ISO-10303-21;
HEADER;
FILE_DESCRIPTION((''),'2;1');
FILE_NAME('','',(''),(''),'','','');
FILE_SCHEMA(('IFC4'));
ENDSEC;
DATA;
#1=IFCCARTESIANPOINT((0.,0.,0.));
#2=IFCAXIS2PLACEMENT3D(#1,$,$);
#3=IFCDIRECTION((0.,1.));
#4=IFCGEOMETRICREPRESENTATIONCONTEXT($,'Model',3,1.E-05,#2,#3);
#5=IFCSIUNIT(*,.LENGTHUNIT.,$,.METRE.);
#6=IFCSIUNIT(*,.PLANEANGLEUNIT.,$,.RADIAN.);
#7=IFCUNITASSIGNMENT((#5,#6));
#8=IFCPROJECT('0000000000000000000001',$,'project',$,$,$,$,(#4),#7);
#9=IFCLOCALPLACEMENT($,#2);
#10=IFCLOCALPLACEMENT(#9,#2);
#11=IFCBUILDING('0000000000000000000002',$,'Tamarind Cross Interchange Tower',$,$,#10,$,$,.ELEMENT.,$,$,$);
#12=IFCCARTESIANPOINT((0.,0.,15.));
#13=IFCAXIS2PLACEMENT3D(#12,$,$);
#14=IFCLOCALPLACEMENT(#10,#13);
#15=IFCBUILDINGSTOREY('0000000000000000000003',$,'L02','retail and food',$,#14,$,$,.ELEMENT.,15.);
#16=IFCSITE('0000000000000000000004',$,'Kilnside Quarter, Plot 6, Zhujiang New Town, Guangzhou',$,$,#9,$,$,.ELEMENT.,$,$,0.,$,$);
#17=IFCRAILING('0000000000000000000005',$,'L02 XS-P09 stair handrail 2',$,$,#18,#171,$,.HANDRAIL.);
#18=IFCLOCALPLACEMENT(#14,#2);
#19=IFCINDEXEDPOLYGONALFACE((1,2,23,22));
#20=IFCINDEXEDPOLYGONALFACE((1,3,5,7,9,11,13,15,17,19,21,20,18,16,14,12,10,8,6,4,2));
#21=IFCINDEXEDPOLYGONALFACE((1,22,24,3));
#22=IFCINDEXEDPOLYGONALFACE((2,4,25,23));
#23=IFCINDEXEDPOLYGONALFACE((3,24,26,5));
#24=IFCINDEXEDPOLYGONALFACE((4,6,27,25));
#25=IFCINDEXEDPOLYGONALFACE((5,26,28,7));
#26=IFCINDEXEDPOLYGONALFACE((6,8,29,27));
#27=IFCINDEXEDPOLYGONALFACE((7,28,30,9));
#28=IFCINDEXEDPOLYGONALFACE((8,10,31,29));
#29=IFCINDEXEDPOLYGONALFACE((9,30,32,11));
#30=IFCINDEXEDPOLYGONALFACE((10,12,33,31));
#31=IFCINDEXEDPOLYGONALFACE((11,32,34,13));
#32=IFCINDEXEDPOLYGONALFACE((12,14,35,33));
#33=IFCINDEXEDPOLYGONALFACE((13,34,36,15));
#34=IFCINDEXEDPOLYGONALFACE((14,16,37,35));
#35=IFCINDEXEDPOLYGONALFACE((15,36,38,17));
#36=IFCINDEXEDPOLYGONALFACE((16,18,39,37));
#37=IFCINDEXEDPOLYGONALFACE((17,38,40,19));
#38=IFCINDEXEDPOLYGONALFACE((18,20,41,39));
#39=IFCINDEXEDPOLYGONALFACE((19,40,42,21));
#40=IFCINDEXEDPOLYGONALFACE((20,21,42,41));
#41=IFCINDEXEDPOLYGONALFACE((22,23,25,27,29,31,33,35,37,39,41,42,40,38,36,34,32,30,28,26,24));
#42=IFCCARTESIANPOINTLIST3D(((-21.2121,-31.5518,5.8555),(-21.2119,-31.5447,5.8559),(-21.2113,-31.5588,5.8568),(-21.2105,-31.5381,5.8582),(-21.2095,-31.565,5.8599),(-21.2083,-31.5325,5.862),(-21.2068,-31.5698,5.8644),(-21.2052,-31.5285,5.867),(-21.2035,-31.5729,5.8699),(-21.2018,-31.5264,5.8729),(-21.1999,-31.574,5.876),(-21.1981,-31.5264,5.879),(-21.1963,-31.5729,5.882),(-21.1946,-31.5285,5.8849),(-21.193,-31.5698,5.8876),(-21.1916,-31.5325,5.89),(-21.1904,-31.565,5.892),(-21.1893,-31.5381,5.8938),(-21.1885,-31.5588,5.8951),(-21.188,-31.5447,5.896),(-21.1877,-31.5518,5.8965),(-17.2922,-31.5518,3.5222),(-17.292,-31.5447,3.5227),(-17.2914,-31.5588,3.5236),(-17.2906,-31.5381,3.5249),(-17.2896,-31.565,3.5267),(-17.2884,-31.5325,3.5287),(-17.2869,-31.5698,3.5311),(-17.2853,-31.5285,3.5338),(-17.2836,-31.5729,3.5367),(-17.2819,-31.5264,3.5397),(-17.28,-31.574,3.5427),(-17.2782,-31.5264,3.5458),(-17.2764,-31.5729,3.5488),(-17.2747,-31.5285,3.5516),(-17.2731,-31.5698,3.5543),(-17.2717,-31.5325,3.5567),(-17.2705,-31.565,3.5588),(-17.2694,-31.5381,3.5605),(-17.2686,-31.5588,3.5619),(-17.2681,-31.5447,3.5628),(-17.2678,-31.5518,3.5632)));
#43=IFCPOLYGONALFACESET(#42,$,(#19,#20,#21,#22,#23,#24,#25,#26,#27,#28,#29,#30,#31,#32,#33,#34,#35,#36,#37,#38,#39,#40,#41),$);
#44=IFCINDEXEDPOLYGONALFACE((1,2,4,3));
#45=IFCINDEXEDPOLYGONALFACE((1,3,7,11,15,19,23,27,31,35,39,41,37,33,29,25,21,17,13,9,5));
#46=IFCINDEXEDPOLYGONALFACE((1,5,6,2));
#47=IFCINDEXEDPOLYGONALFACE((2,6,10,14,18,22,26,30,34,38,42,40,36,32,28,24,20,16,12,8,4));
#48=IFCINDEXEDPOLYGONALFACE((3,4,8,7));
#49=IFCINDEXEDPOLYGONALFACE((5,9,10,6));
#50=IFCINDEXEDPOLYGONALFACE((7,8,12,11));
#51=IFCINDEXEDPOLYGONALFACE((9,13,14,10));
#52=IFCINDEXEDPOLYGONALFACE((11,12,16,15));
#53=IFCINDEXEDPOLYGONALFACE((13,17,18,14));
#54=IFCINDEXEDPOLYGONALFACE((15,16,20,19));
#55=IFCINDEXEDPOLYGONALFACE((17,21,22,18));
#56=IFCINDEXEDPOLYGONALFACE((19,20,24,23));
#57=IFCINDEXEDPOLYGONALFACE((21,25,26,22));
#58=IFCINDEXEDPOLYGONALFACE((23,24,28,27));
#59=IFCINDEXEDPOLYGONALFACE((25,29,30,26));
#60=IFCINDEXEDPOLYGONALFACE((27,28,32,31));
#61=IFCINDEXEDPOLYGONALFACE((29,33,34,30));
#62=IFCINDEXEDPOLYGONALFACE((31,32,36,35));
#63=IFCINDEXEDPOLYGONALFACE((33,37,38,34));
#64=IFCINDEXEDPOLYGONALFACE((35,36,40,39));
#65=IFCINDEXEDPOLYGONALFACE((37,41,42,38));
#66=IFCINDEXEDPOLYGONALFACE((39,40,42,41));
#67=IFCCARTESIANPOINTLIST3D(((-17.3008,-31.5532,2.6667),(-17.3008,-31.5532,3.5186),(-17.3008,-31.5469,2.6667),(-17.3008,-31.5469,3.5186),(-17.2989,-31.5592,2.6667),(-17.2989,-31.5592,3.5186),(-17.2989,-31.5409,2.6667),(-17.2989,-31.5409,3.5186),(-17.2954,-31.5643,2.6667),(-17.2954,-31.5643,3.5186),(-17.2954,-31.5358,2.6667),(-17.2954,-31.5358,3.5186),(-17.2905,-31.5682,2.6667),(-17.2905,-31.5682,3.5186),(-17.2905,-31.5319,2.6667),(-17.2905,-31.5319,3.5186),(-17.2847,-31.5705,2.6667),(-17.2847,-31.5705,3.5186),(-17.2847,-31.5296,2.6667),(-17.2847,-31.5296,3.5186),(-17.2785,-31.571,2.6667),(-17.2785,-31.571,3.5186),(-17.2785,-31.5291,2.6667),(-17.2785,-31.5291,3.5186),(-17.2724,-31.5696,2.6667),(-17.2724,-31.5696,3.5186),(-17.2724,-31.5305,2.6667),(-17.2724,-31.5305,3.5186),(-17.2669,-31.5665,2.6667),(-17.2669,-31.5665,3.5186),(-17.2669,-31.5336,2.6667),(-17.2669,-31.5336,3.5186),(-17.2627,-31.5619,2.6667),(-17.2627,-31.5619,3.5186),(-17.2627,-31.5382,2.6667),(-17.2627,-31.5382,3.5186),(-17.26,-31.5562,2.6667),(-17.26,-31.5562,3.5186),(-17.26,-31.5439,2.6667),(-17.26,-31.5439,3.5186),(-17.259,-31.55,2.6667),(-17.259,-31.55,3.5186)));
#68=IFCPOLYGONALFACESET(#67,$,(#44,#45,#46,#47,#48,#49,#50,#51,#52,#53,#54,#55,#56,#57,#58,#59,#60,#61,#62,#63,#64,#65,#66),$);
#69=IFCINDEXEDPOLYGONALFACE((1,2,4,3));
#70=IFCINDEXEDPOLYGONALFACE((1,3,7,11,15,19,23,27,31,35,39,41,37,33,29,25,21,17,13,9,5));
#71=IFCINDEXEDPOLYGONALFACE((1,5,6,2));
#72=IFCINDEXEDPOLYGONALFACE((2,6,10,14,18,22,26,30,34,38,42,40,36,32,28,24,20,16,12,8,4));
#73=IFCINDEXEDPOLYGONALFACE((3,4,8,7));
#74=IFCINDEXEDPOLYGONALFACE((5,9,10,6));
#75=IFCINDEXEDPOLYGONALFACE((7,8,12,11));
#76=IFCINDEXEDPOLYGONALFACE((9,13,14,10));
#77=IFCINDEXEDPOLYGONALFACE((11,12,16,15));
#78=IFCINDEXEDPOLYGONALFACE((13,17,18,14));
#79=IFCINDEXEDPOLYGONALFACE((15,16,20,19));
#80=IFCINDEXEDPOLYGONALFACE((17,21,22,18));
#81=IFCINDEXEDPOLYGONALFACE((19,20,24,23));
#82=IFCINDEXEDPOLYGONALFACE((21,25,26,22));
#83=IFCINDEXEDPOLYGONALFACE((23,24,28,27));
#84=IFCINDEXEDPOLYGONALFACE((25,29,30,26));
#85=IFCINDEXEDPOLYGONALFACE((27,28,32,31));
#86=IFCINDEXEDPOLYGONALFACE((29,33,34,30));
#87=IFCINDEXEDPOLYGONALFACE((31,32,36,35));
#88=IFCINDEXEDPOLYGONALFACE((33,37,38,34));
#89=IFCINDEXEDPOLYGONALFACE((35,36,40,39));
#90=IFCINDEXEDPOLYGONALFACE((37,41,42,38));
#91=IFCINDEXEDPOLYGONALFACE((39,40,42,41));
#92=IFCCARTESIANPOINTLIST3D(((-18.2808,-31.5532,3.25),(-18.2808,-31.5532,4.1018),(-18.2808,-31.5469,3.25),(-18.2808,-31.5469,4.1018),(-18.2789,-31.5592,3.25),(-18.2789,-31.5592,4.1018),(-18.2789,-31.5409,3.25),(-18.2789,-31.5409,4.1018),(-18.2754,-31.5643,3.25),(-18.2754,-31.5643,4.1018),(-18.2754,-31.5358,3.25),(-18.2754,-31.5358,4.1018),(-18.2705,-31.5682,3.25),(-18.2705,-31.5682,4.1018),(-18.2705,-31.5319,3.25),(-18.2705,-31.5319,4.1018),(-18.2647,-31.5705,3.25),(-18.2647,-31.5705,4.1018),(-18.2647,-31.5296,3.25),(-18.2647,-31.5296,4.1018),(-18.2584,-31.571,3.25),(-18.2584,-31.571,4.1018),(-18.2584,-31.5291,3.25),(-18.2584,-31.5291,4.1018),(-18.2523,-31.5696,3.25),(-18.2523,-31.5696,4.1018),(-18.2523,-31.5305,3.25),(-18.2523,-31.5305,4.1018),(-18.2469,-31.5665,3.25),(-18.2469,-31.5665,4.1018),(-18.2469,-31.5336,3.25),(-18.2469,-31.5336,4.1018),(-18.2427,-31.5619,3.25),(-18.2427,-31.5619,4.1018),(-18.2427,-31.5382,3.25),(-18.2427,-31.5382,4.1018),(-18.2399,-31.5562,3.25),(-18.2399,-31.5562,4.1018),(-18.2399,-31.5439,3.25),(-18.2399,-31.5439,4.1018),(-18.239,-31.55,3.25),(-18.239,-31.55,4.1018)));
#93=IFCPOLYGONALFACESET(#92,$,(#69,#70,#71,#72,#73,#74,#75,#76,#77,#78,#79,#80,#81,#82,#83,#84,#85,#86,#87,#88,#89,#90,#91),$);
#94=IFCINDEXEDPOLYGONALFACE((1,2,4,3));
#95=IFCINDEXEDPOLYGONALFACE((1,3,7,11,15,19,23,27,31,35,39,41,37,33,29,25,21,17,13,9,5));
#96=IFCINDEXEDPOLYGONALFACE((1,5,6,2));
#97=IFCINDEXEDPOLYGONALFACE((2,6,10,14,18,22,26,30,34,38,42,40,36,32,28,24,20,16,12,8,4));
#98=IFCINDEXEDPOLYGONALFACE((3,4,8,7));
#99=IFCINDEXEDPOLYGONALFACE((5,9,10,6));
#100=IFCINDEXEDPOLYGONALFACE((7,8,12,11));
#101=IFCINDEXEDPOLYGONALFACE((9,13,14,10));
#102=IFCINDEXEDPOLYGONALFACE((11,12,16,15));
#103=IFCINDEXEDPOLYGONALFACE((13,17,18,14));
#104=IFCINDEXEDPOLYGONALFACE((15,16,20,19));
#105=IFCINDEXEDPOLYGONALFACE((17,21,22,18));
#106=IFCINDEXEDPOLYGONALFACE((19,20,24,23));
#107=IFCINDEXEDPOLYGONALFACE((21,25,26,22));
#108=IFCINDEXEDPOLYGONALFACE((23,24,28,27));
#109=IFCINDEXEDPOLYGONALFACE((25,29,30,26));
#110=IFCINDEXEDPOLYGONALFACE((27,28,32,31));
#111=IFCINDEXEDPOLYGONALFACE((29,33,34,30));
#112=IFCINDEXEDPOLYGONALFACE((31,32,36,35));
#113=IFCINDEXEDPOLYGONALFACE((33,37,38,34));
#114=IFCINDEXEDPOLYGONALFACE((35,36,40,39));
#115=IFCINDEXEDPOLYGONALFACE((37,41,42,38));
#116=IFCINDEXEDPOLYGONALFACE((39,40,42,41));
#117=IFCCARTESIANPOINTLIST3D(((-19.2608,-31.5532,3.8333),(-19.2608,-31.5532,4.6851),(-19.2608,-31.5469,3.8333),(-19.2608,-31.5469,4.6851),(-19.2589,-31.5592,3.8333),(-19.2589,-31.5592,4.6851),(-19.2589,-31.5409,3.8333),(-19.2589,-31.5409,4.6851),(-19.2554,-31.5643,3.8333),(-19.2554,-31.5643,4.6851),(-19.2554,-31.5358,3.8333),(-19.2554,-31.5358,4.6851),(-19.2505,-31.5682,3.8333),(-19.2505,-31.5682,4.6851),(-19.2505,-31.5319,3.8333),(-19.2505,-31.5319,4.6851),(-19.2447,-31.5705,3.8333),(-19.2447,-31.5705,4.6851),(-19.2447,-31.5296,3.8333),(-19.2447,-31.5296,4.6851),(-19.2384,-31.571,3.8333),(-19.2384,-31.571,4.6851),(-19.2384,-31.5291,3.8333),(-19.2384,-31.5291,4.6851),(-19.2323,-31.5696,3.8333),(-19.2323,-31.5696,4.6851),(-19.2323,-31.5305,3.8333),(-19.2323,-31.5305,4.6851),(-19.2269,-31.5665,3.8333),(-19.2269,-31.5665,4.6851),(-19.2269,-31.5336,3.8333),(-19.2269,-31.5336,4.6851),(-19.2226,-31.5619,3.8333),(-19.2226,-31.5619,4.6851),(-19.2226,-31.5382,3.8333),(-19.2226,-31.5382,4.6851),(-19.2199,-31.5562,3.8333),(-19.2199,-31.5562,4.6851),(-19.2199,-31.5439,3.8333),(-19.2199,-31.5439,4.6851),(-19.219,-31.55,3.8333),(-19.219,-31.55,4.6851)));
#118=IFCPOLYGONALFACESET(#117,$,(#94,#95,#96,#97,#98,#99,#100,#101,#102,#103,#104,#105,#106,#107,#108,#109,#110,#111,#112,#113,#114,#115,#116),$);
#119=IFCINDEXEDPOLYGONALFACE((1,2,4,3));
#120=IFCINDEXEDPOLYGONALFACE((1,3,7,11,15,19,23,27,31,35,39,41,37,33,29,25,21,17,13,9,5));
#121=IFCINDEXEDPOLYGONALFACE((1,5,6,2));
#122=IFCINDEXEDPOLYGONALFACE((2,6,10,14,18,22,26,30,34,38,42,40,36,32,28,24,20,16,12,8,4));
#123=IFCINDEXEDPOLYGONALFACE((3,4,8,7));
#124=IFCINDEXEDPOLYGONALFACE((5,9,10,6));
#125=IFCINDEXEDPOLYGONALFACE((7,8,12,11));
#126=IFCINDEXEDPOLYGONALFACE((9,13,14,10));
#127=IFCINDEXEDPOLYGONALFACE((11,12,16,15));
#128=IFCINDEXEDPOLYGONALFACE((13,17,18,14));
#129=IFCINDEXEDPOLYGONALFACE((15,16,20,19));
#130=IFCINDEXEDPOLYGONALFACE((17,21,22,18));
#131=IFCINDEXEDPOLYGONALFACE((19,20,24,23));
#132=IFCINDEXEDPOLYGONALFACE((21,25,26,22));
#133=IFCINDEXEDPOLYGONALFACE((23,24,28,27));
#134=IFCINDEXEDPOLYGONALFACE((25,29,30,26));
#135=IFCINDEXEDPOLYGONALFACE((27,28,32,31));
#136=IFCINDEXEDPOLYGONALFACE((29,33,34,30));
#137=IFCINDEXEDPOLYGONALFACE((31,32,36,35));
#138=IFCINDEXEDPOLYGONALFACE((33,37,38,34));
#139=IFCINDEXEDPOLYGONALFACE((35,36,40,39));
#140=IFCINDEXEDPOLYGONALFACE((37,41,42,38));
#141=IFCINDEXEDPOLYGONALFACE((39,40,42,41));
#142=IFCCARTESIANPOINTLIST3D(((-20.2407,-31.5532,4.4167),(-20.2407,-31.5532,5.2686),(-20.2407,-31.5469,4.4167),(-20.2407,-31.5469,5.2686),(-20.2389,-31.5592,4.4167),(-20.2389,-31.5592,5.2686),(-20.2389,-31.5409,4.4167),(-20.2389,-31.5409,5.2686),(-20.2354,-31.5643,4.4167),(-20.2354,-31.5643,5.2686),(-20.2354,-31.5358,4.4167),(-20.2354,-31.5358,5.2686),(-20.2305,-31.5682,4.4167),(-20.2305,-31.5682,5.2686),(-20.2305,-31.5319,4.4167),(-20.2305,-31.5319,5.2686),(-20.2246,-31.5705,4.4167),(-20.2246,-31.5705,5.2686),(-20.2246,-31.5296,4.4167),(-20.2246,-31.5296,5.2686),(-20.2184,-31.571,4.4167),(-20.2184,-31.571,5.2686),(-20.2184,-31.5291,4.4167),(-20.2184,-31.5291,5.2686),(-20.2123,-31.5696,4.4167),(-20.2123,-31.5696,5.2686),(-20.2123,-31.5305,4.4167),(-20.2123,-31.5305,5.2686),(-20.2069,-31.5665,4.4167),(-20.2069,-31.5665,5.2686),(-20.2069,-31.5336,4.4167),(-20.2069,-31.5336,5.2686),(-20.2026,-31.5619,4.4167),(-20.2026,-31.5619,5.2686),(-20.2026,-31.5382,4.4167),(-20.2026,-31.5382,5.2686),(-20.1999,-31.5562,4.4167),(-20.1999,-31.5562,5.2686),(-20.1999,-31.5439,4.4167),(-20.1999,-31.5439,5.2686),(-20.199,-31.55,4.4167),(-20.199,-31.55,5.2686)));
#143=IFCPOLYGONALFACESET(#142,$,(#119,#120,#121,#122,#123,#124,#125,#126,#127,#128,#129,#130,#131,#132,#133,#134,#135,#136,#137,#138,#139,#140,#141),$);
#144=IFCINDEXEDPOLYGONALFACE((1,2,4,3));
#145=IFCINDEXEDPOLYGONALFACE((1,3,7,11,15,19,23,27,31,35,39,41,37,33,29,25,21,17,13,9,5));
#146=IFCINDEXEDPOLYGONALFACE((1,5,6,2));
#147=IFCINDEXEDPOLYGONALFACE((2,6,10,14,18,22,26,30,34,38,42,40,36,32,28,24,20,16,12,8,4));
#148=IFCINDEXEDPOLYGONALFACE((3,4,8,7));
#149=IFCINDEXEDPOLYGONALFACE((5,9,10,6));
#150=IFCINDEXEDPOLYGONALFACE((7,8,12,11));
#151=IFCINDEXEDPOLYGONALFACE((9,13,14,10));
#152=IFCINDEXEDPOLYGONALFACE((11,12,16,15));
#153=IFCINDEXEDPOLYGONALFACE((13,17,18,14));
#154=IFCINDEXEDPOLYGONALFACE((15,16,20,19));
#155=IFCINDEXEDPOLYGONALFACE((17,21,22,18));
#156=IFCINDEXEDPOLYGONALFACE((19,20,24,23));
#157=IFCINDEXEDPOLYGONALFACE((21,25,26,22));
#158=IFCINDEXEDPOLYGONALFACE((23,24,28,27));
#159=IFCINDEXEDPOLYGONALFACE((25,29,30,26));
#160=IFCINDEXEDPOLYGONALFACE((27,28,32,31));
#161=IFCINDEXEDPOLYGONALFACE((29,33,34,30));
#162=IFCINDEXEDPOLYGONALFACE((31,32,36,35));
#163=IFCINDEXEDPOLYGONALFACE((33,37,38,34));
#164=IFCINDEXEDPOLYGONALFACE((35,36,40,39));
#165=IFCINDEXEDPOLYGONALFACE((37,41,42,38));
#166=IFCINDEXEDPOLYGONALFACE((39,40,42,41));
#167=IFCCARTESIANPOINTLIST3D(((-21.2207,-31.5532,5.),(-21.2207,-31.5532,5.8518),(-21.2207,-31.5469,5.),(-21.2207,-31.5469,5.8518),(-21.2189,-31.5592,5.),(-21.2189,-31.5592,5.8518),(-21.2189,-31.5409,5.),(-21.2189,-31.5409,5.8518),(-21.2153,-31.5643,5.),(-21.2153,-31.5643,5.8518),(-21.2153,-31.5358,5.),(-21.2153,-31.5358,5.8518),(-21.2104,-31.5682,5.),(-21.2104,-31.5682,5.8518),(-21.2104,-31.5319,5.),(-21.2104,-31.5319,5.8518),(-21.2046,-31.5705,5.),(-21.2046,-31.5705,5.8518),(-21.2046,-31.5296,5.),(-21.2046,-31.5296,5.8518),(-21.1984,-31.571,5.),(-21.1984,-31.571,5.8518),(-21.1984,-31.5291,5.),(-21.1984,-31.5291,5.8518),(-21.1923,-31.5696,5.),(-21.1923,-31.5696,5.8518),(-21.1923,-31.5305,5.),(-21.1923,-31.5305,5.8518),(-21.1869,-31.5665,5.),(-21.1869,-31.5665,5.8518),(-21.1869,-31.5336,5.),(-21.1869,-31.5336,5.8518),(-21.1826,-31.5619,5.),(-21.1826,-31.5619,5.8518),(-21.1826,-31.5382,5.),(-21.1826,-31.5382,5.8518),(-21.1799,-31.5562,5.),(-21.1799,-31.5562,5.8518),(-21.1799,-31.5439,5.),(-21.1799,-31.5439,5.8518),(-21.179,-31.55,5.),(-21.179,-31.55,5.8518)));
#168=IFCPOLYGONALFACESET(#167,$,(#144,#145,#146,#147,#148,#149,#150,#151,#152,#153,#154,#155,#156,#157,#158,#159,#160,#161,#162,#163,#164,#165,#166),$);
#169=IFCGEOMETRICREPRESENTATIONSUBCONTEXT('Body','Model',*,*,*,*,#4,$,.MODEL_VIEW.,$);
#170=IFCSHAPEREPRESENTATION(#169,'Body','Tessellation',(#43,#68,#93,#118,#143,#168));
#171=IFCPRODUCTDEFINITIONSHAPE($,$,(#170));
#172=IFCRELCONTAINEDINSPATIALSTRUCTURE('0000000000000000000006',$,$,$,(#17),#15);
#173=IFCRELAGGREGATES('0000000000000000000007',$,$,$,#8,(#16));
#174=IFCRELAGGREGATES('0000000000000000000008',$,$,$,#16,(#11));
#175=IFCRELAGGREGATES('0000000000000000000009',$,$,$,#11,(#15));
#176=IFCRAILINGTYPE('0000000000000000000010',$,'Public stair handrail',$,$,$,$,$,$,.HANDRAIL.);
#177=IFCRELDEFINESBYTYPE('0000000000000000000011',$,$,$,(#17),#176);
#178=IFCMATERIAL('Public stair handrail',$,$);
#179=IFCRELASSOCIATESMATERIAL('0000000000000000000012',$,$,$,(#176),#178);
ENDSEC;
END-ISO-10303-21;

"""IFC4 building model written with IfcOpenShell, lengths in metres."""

from ifc_helpers import new_model, si_unit, direction, frame, origin, origin_2d, place, context, subcontext, project, spatial, circle, extrude, material, type_object, element, save


model = new_model("IFC4")

# Units and contexts
model_context = context("Model", 3, precision=1e-05, world=origin(), true_north=direction((0.0, 1.0)))
body_context = subcontext(model_context, "Body", "Model", "MODEL_VIEW")
ifc_project = project(units=[si_unit("LENGTHUNIT", "METRE"), si_unit("PLANEANGLEUNIT", "RADIAN")], contexts=[model_context])

# Site, building, storey
site_placement = place(None, origin())
site = spatial("IfcSite", under=ifc_project, at=site_placement, Name="Kilnside Quarter, Plot 6, Zhujiang New Town, Guangzhou", CompositionType="ELEMENT", RefElevation=0.0)
building_placement = place(site_placement, origin())
building = spatial("IfcBuilding", under=site, at=building_placement, Name="Tamarind Cross Interchange Tower", CompositionType="ELEMENT")
storey_placement = place(building_placement, frame((0.0, 0.0, 15.0)))
storey = spatial("IfcBuildingStorey", under=building, at=storey_placement, Name="L02", Description="retail and food", CompositionType="ELEMENT", Elevation=15.0)

# Railing
ifc_material_1 = material(Name="Public stair handrail")
railing_type_1 = type_object("IfcRailingType", Name="Public stair handrail", PredefinedType="HANDRAIL", material=ifc_material_1)
railing_1_placement = place(storey_placement, frame((-17.28, -31.55, 2.6667)))
element("IfcRailing", 1, at=railing_1_placement, inside=storey, type_object=railing_type_1, Name="L02 XS-P09 stair handrail 2", PredefinedType="HANDRAIL", context=body_context, shape_type="SweptSolid", body=[
    extrude(circle(Radius=0.0239, at=origin_2d()), frame((0.0, 0.0, 0.876), z_axis=(-0.859296, 0.0, 0.511478), x_axis=(0.0, -1.0, 0.0)), (0.0, 0.0, 1.0), 4.5618),
    extrude(circle(Radius=0.021, at=origin_2d()), origin(), (0.0, 0.0, 1.0), 0.8518),
    extrude(circle(Radius=0.021, at=origin_2d()), frame((-0.98, 0.0, 0.5833)), (0.0, 0.0, 1.0), 0.8518),
    extrude(circle(Radius=0.021, at=origin_2d()), frame((-1.96, 0.0, 1.1665)), (0.0, 0.0, 1.0), 0.8518),
    extrude(circle(Radius=0.021, at=origin_2d()), frame((-2.9399, 0.0, 1.75)), (0.0, 0.0, 1.0), 0.8518),
    extrude(circle(Radius=0.021, at=origin_2d()), frame((-3.9199, 0.0, 2.3333)), (0.0, 0.0, 1.0), 0.8518),
])

save(model, "model.ifc")
